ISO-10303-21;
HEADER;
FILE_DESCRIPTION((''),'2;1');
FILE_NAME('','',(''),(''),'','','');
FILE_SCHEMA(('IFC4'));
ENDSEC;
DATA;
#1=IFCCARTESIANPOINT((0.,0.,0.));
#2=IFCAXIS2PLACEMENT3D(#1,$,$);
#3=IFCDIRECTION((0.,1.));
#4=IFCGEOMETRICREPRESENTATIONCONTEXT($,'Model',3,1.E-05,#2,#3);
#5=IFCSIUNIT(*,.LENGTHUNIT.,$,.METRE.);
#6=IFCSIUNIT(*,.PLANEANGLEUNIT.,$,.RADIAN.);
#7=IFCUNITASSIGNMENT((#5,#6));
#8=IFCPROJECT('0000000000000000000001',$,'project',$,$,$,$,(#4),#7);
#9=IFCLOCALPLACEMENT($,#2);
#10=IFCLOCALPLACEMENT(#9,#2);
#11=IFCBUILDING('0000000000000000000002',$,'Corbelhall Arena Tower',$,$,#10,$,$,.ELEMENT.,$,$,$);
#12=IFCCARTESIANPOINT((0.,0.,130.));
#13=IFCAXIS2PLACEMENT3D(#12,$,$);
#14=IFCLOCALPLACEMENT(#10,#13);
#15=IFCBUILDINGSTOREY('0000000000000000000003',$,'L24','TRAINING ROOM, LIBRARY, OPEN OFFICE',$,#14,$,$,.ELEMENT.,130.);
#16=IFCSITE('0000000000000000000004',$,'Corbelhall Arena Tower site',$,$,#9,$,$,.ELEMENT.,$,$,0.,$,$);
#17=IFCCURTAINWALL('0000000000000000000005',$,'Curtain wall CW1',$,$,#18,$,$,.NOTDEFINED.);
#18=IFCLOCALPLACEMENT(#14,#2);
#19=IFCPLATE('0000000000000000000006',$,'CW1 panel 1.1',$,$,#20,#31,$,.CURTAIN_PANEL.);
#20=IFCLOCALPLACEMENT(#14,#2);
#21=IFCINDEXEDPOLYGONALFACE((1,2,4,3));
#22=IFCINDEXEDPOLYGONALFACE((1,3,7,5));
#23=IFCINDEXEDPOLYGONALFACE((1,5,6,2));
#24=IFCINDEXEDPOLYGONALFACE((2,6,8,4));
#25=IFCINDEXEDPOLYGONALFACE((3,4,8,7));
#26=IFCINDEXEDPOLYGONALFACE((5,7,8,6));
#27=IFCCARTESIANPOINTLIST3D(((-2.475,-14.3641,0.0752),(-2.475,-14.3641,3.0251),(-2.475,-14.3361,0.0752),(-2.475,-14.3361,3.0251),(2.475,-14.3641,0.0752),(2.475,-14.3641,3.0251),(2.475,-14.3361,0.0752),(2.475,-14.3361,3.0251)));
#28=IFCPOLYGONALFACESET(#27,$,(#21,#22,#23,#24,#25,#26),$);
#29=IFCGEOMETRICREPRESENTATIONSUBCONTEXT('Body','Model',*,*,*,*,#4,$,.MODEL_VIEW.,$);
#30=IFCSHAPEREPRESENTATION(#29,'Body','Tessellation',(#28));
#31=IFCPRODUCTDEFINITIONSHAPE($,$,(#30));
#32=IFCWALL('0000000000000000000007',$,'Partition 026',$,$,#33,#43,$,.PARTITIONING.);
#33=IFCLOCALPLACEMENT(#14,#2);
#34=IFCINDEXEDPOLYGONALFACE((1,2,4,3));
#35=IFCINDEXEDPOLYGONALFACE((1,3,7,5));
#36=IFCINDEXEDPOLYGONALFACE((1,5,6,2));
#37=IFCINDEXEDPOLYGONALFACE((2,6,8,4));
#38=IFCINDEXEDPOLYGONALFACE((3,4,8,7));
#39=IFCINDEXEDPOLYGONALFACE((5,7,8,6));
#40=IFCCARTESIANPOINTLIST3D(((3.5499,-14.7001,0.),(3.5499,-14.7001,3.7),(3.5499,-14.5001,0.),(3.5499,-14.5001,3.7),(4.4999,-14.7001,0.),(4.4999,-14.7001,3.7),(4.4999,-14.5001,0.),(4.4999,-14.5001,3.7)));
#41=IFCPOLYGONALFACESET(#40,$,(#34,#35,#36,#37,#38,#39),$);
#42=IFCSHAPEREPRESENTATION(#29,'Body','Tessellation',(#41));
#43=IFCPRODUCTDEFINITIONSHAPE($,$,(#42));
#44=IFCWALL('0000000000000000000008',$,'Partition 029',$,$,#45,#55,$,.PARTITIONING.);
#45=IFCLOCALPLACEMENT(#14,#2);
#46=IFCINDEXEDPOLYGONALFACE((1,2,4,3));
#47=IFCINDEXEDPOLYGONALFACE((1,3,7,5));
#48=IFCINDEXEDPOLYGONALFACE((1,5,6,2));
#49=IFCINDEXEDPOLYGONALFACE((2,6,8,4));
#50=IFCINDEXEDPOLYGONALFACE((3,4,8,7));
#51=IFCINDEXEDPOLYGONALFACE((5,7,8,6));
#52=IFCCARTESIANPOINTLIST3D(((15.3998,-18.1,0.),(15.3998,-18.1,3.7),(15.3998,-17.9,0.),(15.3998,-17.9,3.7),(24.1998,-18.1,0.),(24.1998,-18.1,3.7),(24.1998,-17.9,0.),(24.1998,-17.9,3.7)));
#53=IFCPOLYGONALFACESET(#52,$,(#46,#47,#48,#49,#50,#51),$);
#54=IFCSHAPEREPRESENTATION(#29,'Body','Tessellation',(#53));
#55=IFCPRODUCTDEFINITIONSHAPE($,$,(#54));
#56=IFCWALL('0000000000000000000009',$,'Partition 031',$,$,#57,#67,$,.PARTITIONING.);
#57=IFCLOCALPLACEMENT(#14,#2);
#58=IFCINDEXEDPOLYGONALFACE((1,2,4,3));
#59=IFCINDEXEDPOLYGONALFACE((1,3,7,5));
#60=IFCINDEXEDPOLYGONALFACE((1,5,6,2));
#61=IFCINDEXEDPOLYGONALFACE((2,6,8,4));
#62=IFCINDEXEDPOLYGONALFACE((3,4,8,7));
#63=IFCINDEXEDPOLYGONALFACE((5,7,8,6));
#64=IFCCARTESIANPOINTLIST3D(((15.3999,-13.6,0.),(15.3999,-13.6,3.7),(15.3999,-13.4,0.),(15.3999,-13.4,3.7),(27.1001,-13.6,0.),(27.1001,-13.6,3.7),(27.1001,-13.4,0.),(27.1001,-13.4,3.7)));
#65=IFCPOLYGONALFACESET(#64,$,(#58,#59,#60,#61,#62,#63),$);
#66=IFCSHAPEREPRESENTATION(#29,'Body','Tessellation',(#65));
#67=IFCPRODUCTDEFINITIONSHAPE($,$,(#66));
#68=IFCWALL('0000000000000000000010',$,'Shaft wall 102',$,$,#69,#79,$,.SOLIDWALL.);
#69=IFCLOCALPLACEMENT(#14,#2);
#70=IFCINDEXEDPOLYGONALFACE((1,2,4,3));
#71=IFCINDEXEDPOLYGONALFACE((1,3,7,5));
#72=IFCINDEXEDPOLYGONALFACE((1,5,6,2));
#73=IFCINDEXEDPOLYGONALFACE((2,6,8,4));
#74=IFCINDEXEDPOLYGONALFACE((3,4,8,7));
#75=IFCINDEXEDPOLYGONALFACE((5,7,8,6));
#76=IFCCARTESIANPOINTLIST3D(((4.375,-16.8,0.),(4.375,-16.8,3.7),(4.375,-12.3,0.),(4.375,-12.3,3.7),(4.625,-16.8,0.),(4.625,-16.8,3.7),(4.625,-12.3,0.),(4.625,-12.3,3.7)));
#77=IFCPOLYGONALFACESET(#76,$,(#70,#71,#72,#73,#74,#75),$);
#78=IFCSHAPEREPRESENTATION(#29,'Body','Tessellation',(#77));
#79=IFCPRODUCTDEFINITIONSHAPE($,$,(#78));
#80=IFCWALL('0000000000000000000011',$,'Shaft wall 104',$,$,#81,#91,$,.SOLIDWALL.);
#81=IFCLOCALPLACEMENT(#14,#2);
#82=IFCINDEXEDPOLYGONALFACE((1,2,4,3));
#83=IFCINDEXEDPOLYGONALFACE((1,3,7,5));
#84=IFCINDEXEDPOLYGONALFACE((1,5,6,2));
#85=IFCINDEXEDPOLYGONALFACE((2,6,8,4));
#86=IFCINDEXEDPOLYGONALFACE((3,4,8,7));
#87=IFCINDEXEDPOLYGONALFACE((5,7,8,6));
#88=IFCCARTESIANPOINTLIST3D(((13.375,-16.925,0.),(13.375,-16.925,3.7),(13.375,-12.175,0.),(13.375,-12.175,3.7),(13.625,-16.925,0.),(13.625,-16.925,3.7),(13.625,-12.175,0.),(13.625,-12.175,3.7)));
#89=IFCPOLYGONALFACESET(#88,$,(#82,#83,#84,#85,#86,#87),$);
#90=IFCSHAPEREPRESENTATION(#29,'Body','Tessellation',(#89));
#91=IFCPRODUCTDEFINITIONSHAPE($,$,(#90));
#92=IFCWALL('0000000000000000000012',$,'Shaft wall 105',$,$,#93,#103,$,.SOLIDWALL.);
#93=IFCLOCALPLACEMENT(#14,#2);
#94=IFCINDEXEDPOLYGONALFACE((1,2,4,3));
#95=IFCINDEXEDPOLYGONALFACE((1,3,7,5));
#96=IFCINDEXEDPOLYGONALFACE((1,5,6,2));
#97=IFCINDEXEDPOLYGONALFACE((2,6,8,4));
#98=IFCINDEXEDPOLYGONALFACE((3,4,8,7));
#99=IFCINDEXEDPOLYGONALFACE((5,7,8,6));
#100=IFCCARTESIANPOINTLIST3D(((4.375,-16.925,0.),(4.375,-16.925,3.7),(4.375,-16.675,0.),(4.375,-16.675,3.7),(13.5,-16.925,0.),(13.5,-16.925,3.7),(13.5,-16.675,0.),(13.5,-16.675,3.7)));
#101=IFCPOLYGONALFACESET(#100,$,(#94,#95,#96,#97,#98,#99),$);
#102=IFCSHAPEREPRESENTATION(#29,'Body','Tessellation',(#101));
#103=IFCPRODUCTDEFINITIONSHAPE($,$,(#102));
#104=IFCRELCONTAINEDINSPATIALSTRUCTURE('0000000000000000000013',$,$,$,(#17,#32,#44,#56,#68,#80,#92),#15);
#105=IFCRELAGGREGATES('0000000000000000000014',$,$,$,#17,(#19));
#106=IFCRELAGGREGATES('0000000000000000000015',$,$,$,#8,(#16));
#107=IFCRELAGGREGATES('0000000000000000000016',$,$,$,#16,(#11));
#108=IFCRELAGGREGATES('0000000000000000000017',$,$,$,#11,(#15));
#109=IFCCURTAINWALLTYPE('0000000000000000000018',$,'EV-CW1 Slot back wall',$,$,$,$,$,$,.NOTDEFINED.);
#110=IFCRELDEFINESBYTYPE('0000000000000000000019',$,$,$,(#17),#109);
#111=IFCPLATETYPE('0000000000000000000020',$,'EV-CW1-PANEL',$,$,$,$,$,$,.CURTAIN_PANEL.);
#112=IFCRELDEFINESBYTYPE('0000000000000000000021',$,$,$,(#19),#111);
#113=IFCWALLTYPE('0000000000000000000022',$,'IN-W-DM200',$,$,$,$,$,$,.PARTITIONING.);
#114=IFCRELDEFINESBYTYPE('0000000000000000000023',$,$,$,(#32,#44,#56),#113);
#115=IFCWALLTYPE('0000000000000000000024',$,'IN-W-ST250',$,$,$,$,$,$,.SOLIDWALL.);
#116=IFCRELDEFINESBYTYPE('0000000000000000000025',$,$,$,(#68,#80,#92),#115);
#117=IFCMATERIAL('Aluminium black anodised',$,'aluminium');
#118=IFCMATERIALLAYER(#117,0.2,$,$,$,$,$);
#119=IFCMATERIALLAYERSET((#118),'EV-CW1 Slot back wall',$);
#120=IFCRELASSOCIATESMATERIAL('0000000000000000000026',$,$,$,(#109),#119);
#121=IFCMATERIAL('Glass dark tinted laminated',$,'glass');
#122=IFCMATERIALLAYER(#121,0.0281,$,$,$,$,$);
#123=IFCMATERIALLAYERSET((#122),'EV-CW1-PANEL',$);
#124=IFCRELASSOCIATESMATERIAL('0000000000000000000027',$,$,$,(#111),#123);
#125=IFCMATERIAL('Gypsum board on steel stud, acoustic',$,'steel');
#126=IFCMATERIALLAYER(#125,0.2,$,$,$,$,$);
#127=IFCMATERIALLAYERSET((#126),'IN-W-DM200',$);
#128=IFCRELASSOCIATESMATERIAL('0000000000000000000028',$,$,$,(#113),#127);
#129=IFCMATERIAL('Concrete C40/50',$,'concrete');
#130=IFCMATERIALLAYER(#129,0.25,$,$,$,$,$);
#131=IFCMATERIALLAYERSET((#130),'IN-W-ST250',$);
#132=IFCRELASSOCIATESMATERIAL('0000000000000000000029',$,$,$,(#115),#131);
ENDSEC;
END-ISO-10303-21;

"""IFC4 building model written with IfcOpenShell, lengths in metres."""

from ifc_helpers import new_model, si_unit, direction, frame, frame_2d, origin, origin_2d, place, context, subcontext, project, spatial, rectangle, extrude, material, layer, layer_set, type_object, element, aggregate, save


model = new_model("IFC4")

# Units and contexts
model_context = context("Model", 3, precision=1e-05, world=origin(), true_north=direction((0.0, 1.0)))
body_context = subcontext(model_context, "Body", "Model", "MODEL_VIEW")
ifc_project = project(units=[si_unit("LENGTHUNIT", "METRE"), si_unit("PLANEANGLEUNIT", "RADIAN")], contexts=[model_context])

# Site, building, storey
site_placement = place(None, origin())
site = spatial("IfcSite", under=ifc_project, at=site_placement, Name="Corbelhall Arena Tower site", CompositionType="ELEMENT", RefElevation=0.0)
building_placement = place(site_placement, origin())
building = spatial("IfcBuilding", under=site, at=building_placement, Name="Corbelhall Arena Tower", CompositionType="ELEMENT")
storey_placement = place(building_placement, frame((0.0, 0.0, 130.0)))
storey = spatial("IfcBuildingStorey", under=building, at=storey_placement, Name="L24", Description="TRAINING ROOM, LIBRARY, OPEN OFFICE", CompositionType="ELEMENT", Elevation=130.0)

# Curtain wall
ifc_material_1 = material(Name="Aluminium black anodised", Category="aluminium")
ifc_layer_1 = layer(ifc_material_1, 0.2)
ifc_layer_set_1 = layer_set([ifc_layer_1], Name="EV-CW1 Slot back wall")
curtain_wall_type = type_object("IfcCurtainWallType", Name="EV-CW1 Slot back wall", PredefinedType="NOTDEFINED", material=ifc_layer_set_1)
curtain_wall_placement = place(storey_placement, origin())
curtain_wall = element("IfcCurtainWall", 1, at=curtain_wall_placement, inside=storey, type_object=curtain_wall_type, Name="Curtain wall CW1", PredefinedType="NOTDEFINED")

# Plate
ifc_material_2 = material(Name="Glass dark tinted laminated", Category="glass")
ifc_layer_2 = layer(ifc_material_2, 0.0281)
ifc_layer_set_2 = layer_set([ifc_layer_2], Name="EV-CW1-PANEL")
plate_type = type_object("IfcPlateType", Name="EV-CW1-PANEL", PredefinedType="CURTAIN_PANEL", material=ifc_layer_set_2)
plate_placement = place(storey_placement, frame((0.0, -14.3501, 0.0752), z_axis=(0.0, 0.0, 1.0), x_axis=(1.0, 0.0, 0.0)))
plate = element("IfcPlate", 2, at=plate_placement, type_object=plate_type, Name="CW1 panel 1.1", PredefinedType="CURTAIN_PANEL", context=body_context, shape_type="SweptSolid", body=[
    extrude(rectangle(XDim=4.95, YDim=0.0281, at=origin_2d()), origin(), (0.0, 0.0, 1.0), 2.95),
])
aggregate(curtain_wall, [plate])

# Wall
ifc_material_3 = material(Name="Gypsum board on steel stud, acoustic", Category="steel")
ifc_layer_3 = layer(ifc_material_3, 0.2)
ifc_layer_set_3 = layer_set([ifc_layer_3], Name="IN-W-DM200")
wall_type_1 = type_object("IfcWallType", Name="IN-W-DM200", PredefinedType="PARTITIONING", material=ifc_layer_set_3)
wall_1_placement = place(storey_placement, frame((4.5, -14.6001, 0.0), z_axis=(0.0, 0.0, 1.0), x_axis=(-1.0, 0.0, 0.0)))
element("IfcWall", 3, at=wall_1_placement, inside=storey, type_object=wall_type_1, Name="Partition 026", PredefinedType="PARTITIONING", context=body_context, shape_type="SweptSolid", body=[
    extrude(rectangle(XDim=0.95, YDim=0.2, at=frame_2d((0.4751, 0.0))), origin(), (0.0, 0.0, 1.0), 3.7),
])

# Walls
wall_2_placement = place(storey_placement, frame((15.3999, -18.0, 0.0), z_axis=(0.0, 0.0, 1.0), x_axis=(1.0, 0.0, 0.0)))
element("IfcWall", 4, at=wall_2_placement, inside=storey, type_object=wall_type_1, Name="Partition 029", PredefinedType="PARTITIONING", context=body_context, shape_type="SweptSolid", body=[
    extrude(rectangle(XDim=8.8, YDim=0.2, at=frame_2d((4.3999, 0.0))), origin(), (0.0, 0.0, 1.0), 3.7),
])
wall_3_placement = place(storey_placement, frame((15.3999, -13.5, 0.0), z_axis=(0.0, 0.0, 1.0), x_axis=(1.0, 0.0, 0.0)))
element("IfcWall", 5, at=wall_3_placement, inside=storey, type_object=wall_type_1, Name="Partition 031", PredefinedType="PARTITIONING", context=body_context, shape_type="SweptSolid", body=[
    extrude(rectangle(XDim=11.7002, YDim=0.2, at=frame_2d((5.8501, 0.0))), origin(), (0.0, 0.0, 1.0), 3.7),
])
ifc_material_4 = material(Name="Concrete C40/50", Category="concrete")
ifc_layer_4 = layer(ifc_material_4, 0.25)
ifc_layer_set_4 = layer_set([ifc_layer_4], Name="IN-W-ST250")
wall_type_2 = type_object("IfcWallType", Name="IN-W-ST250", PredefinedType="SOLIDWALL", material=ifc_layer_set_4)
wall_4_placement = place(storey_placement, frame((4.5, -16.8, 0.0), z_axis=(0.0, 0.0, 1.0), x_axis=(0.0, 1.0, 0.0)))
element("IfcWall", 6, at=wall_4_placement, inside=storey, type_object=wall_type_2, Name="Shaft wall 102", PredefinedType="SOLIDWALL", context=body_context, shape_type="SweptSolid", body=[
    extrude(rectangle(XDim=4.5, YDim=0.25, at=frame_2d((2.25, 0.0))), origin(), (0.0, 0.0, 1.0), 3.7),
])
wall_5_placement = place(storey_placement, frame((13.5, -16.925, 0.0), z_axis=(0.0, 0.0, 1.0), x_axis=(0.0, 1.0, 0.0)))
element("IfcWall", 7, at=wall_5_placement, inside=storey, type_object=wall_type_2, Name="Shaft wall 104", PredefinedType="SOLIDWALL", context=body_context, shape_type="SweptSolid", body=[
    extrude(rectangle(XDim=4.75, YDim=0.25, at=frame_2d((2.375, 0.0))), origin(), (0.0, 0.0, 1.0), 3.7),
])
wall_6_placement = place(storey_placement, frame((13.5, -16.8, 0.0), z_axis=(0.0, 0.0, 1.0), x_axis=(-1.0, 0.0, 0.0)))
element("IfcWall", 8, at=wall_6_placement, inside=storey, type_object=wall_type_2, Name="Shaft wall 105", PredefinedType="SOLIDWALL", context=body_context, shape_type="SweptSolid", body=[
    extrude(rectangle(XDim=9.125, YDim=0.25, at=frame_2d((4.5625, 0.0))), origin(), (0.0, 0.0, 1.0), 3.7),
])

save(model, "model.ifc")
